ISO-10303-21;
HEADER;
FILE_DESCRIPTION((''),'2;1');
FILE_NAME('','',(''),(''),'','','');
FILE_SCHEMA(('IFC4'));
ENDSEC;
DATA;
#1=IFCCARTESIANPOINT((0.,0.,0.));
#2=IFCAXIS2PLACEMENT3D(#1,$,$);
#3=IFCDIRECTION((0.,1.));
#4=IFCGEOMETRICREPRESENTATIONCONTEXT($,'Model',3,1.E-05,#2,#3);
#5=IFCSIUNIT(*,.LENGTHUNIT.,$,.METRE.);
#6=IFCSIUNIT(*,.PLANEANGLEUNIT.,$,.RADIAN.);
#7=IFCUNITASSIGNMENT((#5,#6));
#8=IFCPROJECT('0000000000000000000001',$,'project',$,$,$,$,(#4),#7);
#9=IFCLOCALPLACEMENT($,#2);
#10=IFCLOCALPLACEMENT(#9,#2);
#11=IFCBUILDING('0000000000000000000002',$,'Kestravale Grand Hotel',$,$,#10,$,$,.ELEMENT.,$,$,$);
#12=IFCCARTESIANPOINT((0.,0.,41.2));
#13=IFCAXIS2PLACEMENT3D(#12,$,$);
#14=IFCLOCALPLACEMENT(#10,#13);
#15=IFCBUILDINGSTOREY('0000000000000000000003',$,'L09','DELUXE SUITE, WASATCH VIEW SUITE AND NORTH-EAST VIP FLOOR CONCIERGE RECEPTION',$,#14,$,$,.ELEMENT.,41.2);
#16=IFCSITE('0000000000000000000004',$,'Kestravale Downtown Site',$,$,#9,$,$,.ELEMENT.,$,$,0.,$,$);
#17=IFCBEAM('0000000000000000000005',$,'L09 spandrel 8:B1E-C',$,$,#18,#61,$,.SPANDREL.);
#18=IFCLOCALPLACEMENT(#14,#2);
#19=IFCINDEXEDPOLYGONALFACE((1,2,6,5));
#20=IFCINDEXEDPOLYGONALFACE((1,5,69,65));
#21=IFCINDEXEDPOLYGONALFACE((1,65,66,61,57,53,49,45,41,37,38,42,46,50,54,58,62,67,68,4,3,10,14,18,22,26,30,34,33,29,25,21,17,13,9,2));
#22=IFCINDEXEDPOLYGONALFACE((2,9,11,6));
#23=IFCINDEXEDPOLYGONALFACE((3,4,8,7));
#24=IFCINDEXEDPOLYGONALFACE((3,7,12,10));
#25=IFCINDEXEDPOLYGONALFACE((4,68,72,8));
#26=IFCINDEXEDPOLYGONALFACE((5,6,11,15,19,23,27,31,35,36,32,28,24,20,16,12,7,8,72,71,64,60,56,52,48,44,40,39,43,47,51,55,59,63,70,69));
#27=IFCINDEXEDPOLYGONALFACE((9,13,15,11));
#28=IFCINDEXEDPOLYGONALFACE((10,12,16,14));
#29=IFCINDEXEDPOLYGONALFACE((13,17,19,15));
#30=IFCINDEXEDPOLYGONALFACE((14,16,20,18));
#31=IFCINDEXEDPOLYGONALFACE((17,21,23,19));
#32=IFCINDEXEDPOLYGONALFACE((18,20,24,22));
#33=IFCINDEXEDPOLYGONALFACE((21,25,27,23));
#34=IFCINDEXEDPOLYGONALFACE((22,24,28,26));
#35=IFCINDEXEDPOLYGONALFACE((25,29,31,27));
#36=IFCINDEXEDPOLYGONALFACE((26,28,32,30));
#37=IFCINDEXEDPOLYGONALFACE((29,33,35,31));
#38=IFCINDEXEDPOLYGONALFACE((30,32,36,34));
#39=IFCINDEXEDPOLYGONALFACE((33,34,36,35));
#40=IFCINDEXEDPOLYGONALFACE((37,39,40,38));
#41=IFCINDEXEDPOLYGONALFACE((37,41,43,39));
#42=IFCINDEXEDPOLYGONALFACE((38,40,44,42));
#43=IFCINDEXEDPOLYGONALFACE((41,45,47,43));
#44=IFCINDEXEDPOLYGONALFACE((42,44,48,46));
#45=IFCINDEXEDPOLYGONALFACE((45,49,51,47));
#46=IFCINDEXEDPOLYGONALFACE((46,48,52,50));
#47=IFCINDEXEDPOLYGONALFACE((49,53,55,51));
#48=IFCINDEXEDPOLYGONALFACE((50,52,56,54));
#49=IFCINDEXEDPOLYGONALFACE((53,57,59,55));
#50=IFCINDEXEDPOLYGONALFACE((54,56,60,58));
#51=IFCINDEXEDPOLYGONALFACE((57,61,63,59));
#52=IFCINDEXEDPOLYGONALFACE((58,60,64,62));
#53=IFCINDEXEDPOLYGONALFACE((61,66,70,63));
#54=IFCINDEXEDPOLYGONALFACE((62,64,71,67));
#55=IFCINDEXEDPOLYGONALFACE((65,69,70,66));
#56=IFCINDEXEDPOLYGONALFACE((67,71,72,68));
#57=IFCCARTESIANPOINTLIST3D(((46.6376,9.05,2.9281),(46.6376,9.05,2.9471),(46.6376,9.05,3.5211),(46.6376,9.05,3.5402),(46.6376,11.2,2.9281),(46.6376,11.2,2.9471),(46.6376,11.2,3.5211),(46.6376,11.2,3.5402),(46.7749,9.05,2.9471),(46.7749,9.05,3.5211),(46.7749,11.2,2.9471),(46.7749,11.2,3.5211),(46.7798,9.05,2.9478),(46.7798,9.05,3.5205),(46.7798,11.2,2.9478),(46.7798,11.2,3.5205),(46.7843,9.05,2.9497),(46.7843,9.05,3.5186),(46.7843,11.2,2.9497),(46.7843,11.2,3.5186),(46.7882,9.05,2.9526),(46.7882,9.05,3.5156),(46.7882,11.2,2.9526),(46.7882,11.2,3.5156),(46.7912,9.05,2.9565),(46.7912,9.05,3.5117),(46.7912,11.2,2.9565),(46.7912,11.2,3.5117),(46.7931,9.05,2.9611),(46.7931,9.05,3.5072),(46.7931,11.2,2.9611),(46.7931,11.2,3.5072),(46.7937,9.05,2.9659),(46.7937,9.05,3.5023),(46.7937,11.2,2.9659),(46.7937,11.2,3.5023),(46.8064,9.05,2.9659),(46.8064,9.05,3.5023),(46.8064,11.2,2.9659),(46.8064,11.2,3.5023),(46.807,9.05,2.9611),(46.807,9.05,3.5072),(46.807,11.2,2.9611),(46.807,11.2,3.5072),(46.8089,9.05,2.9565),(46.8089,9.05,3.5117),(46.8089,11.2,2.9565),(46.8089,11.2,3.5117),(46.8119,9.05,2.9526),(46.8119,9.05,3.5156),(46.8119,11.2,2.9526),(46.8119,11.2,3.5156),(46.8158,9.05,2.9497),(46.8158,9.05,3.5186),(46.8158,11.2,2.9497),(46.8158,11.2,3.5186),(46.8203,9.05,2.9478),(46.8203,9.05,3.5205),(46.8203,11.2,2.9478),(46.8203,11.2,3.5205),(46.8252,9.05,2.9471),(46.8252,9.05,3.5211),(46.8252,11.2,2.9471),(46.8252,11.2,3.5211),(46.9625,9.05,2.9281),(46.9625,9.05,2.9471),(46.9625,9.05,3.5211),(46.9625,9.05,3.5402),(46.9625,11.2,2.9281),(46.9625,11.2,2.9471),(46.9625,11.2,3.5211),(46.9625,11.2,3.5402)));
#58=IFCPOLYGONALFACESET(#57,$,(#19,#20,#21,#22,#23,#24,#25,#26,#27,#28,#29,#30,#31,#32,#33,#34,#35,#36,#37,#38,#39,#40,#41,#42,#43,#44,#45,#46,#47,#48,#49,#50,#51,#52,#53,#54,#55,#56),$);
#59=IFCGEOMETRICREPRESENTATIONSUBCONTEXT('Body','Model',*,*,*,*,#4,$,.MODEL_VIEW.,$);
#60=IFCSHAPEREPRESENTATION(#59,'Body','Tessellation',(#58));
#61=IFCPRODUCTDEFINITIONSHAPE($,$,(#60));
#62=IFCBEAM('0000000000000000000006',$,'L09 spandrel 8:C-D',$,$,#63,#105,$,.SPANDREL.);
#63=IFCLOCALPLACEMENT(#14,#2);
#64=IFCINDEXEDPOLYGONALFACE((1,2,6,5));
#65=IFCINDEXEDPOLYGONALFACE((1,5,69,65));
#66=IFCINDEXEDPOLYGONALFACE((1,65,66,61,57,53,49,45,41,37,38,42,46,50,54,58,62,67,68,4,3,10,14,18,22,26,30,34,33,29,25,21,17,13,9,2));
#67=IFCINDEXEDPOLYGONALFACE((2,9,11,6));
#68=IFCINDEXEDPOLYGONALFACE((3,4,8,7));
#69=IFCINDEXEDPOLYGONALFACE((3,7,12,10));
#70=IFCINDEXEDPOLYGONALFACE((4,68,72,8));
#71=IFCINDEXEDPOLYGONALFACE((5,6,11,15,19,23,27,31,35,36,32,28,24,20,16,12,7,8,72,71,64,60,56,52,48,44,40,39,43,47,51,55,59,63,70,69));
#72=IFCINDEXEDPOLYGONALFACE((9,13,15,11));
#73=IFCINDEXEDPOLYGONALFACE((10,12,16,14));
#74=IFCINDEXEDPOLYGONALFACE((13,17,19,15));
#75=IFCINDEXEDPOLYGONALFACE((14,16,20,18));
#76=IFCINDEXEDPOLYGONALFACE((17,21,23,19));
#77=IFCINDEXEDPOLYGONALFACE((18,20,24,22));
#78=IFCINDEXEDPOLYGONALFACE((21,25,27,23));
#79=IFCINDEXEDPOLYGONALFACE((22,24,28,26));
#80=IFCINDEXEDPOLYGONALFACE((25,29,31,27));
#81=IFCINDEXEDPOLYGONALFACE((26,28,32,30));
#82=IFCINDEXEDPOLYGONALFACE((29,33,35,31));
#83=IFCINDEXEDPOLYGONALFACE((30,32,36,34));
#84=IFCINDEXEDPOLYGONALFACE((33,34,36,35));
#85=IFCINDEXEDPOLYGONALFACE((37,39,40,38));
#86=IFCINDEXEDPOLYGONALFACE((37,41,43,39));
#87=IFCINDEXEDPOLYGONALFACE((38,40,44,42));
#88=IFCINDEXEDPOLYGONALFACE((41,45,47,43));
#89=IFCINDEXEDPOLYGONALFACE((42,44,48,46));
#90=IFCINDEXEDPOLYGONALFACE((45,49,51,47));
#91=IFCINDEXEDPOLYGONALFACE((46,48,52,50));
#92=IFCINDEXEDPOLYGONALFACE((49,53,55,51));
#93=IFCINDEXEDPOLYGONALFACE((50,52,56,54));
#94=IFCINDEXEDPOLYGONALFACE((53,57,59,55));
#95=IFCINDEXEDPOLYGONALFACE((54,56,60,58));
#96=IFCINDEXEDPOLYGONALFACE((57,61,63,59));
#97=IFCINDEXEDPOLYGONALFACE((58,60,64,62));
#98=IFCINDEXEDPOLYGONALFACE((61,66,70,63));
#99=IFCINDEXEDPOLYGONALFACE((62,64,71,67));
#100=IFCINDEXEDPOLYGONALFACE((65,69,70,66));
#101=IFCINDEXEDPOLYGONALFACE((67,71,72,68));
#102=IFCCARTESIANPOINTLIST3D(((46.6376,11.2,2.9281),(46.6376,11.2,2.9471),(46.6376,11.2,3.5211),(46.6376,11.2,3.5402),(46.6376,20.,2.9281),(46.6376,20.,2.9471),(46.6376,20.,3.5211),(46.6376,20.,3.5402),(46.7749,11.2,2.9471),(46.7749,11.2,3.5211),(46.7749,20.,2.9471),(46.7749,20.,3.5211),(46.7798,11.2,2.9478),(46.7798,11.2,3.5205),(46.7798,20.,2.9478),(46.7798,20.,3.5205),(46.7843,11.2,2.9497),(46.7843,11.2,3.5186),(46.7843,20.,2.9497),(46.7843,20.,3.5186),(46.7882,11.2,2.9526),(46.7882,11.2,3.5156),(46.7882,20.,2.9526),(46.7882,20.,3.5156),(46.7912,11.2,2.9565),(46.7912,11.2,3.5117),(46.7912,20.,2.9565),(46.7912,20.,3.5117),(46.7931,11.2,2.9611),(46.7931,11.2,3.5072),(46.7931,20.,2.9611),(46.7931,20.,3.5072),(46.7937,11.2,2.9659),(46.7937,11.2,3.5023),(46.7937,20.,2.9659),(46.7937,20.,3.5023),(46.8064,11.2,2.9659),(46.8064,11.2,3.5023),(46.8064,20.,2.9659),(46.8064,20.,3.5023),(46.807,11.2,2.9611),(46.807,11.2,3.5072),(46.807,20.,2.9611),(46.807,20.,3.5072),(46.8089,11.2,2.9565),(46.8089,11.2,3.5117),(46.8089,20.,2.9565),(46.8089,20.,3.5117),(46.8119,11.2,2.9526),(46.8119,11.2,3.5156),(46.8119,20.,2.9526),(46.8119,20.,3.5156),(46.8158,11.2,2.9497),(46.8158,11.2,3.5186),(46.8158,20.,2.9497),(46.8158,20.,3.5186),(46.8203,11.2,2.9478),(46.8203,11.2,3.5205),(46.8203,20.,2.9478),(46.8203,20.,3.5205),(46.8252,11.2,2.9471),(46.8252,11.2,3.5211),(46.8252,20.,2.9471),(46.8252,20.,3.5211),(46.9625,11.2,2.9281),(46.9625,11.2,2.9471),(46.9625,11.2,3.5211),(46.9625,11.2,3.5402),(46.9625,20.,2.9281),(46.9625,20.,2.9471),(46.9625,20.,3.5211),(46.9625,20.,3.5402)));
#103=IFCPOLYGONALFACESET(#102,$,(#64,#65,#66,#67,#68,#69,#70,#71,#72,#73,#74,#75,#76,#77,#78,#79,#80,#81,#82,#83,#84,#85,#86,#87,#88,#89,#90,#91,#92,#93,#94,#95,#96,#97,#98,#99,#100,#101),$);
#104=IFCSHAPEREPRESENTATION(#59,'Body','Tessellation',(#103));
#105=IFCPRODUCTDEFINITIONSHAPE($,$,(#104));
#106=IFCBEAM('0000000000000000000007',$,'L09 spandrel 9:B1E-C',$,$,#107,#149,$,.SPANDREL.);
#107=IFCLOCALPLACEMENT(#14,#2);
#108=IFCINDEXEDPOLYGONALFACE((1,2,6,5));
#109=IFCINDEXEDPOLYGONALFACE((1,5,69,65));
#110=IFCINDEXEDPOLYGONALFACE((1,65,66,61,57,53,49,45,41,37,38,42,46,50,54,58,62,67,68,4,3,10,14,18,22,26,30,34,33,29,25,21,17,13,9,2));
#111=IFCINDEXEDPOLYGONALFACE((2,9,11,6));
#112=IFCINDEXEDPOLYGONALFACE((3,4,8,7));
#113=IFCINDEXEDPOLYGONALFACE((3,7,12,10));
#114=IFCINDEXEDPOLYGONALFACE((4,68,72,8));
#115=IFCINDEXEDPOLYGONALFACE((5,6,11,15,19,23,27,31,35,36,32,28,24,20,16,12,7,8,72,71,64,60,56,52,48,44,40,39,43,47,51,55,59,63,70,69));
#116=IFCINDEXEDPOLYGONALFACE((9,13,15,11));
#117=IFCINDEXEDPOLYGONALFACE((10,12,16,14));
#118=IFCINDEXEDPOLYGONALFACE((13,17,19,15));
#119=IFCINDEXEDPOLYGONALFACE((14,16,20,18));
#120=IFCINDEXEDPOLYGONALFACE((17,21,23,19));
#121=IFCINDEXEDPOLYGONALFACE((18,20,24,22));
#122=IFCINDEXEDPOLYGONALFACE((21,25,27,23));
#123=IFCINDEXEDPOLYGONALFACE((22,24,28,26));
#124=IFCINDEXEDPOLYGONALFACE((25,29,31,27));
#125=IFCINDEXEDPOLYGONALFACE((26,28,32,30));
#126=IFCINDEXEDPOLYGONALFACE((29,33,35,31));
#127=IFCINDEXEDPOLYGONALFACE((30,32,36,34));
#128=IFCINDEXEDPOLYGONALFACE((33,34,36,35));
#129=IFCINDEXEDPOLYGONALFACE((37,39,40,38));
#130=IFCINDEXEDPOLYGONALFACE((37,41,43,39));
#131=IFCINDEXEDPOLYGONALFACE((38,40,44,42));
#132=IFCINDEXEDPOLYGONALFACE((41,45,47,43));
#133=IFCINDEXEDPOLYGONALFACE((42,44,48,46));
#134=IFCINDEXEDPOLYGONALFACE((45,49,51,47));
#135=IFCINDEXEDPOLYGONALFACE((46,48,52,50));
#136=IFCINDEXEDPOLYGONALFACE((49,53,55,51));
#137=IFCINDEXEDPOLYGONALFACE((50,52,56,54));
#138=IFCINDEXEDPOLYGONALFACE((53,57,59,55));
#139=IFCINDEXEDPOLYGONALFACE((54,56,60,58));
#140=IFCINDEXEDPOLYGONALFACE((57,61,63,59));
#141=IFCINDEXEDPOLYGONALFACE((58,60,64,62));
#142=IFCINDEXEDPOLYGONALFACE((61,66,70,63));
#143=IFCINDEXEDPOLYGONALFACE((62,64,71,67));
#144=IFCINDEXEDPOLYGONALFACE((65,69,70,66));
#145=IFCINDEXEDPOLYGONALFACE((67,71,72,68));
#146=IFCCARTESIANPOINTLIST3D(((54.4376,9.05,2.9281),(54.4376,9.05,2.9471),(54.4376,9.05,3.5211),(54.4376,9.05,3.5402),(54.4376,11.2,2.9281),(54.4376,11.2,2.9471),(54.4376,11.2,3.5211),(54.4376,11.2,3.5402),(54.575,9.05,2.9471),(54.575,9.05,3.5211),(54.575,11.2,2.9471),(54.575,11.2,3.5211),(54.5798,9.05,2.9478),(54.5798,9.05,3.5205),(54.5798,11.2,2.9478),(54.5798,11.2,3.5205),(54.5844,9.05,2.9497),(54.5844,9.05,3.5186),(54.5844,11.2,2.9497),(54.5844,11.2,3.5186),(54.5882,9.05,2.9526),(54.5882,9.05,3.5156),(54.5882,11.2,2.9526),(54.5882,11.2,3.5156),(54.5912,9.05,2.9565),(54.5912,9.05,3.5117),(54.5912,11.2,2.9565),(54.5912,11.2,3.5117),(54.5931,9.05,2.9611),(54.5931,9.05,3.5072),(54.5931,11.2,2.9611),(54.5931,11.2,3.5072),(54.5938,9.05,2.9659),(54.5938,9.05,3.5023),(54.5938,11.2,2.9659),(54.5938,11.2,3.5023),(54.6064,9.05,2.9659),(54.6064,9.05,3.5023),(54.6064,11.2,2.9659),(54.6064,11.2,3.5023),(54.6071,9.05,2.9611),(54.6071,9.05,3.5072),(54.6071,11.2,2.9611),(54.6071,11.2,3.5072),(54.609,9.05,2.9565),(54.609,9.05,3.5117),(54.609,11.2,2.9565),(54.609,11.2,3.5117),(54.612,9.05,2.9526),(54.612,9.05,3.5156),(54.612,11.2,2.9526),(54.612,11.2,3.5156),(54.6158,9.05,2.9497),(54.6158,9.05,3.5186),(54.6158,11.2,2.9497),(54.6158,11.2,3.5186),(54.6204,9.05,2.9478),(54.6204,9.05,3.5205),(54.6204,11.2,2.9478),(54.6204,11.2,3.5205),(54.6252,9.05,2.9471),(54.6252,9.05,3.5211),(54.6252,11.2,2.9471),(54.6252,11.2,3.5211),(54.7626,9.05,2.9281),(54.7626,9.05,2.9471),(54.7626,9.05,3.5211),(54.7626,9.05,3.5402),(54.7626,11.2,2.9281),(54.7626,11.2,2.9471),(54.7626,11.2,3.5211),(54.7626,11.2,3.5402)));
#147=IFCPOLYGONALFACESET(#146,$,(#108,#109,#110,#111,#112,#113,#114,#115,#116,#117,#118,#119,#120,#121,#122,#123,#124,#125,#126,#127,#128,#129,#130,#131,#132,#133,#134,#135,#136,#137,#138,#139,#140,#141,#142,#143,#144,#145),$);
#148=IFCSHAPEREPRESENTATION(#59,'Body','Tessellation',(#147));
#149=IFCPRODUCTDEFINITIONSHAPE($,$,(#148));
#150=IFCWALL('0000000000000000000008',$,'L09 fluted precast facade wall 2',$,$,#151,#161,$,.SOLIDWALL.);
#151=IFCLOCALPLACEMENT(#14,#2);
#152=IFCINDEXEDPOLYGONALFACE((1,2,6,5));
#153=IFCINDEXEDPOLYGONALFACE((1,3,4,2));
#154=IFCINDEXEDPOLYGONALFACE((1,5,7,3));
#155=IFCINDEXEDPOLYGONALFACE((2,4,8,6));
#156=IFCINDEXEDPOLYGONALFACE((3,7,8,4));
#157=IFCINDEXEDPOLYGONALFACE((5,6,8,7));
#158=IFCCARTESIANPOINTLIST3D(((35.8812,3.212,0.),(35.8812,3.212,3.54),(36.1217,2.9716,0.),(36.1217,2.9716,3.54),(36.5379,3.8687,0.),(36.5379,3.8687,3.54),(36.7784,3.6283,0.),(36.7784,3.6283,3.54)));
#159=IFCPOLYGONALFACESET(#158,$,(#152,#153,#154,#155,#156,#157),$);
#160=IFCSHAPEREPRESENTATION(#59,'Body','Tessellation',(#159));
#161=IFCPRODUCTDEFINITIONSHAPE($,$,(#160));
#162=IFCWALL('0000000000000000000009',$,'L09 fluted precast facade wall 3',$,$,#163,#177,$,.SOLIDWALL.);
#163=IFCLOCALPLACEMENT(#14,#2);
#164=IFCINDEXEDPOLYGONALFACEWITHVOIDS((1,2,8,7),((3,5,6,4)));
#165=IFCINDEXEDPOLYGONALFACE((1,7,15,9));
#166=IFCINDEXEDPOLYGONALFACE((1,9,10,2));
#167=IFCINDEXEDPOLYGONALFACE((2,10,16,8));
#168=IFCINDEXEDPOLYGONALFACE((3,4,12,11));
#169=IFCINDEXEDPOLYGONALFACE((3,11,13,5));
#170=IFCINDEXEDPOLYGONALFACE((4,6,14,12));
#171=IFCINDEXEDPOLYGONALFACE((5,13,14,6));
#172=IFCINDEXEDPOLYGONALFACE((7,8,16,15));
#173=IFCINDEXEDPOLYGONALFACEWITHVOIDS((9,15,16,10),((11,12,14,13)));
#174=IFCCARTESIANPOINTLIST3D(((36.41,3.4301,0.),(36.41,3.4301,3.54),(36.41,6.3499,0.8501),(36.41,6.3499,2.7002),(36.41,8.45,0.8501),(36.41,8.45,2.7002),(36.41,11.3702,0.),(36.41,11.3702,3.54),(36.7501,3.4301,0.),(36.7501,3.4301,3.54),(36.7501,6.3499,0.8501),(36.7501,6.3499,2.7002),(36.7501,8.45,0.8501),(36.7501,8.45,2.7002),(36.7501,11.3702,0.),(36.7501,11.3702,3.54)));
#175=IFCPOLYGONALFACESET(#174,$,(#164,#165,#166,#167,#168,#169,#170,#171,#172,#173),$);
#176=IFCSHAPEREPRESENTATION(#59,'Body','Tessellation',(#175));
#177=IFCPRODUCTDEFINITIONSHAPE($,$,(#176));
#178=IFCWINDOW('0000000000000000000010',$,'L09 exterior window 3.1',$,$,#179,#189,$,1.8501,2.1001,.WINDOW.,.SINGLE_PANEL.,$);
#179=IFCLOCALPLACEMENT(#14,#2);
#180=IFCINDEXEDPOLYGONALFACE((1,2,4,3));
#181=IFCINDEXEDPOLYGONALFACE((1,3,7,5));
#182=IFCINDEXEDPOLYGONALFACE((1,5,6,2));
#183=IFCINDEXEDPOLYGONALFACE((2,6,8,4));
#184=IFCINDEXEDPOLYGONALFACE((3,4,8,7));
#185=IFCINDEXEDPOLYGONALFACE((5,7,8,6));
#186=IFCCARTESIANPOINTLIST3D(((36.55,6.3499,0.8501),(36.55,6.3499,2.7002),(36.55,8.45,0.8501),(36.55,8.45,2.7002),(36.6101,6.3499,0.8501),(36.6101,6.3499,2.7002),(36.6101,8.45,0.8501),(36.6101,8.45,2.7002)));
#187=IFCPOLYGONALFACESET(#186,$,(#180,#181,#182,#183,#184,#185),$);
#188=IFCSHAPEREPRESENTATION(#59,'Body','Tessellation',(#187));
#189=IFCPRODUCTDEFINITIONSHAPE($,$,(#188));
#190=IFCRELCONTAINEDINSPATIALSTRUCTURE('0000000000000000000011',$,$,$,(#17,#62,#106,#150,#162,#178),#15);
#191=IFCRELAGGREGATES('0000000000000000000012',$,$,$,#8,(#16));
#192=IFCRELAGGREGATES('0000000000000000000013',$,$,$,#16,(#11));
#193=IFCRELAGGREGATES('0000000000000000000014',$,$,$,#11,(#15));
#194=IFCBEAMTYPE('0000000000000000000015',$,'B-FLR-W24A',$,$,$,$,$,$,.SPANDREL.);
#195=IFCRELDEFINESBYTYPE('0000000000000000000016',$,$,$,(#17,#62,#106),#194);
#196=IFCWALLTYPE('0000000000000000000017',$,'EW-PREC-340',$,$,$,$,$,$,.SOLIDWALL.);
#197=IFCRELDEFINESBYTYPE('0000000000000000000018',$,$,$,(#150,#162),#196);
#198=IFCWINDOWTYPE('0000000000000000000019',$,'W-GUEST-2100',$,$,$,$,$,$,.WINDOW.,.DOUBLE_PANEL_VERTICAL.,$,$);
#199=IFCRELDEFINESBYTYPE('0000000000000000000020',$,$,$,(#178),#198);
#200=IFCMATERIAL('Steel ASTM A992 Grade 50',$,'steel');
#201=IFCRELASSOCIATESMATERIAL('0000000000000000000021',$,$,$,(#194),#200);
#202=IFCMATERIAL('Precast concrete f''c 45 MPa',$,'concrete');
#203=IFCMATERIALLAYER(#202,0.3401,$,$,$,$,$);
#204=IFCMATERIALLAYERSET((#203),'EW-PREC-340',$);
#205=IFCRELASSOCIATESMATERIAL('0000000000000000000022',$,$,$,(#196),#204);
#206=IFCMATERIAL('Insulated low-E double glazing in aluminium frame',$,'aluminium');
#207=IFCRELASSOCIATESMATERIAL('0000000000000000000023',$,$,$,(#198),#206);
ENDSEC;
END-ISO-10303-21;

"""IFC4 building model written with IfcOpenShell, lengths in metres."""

from ifc_helpers import new_model, si_unit, direction, frame, frame_2d, origin, origin_2d, place, context, subcontext, project, spatial, rectangle, i_section, extrude, material, layer, layer_set, material_profile, profile_set, type_object, element, fill, save


model = new_model("IFC4")

# Units and contexts
model_context = context("Model", 3, precision=1e-05, world=origin(), true_north=direction((0.0, 1.0)))
body_context = subcontext(model_context, "Body", "Model", "MODEL_VIEW")
ifc_project = project(units=[si_unit("LENGTHUNIT", "METRE"), si_unit("PLANEANGLEUNIT", "RADIAN")], contexts=[model_context])

# Site, building, storey
site_placement = place(None, origin())
site = spatial("IfcSite", under=ifc_project, at=site_placement, Name="Kestravale Downtown Site", CompositionType="ELEMENT", RefElevation=0.0)
building_placement = place(site_placement, origin())
building = spatial("IfcBuilding", under=site, at=building_placement, Name="Kestravale Grand Hotel", CompositionType="ELEMENT")
storey_placement = place(building_placement, frame((0.0, 0.0, 41.2)))
storey = spatial("IfcBuildingStorey", under=building, at=storey_placement, Name="L09", Description="DELUXE SUITE, WASATCH VIEW SUITE AND NORTH-EAST VIP FLOOR CONCIERGE RECEPTION", CompositionType="ELEMENT", Elevation=41.2)

# Beams
ifc_material_1 = material(Name="Steel ASTM A992 Grade 50", Category="steel")
ifc_material_profile_1 = material_profile(ifc_material_1, i_section(OverallWidth=0.325, OverallDepth=0.6121, WebThickness=0.0127, FlangeThickness=0.019, FilletRadius=0.0188, at=origin_2d()))
ifc_profile_set_1 = profile_set([ifc_material_profile_1], Name="Steel ASTM A992 Grade 50")
beam_type_1 = type_object("IfcBeamType", Name="B-FLR-W24A", PredefinedType="SPANDREL", material=ifc_profile_set_1)
beam_1_placement = place(storey_placement, frame((46.8, 9.05, 3.2341), z_axis=(0.0, 1.0, 0.0), x_axis=(-1.0, 0.0, 0.0)))
element("IfcBeam", 1, at=beam_1_placement, inside=storey, type_object=beam_type_1, Name="L09 spandrel 8:B1E-C", PredefinedType="SPANDREL", context=body_context, shape_type="SweptSolid", body=[
    extrude(i_section(OverallWidth=0.325, OverallDepth=0.6121, WebThickness=0.0127, FlangeThickness=0.019, FilletRadius=0.0188, at=origin_2d()), origin(), (0.0, 0.0, 1.0), 2.1499),
])
beam_2_placement = place(storey_placement, frame((46.8, 11.2, 3.2341), z_axis=(0.0, 1.0, 0.0), x_axis=(-1.0, 0.0, 0.0)))
element("IfcBeam", 2, at=beam_2_placement, inside=storey, type_object=beam_type_1, Name="L09 spandrel 8:C-D", PredefinedType="SPANDREL", context=body_context, shape_type="SweptSolid", body=[
    extrude(i_section(OverallWidth=0.325, OverallDepth=0.6121, WebThickness=0.0127, FlangeThickness=0.019, FilletRadius=0.0188, at=origin_2d()), origin(), (0.0, 0.0, 1.0), 8.8),
])
beam_3_placement = place(storey_placement, frame((54.6001, 9.05, 3.2341), z_axis=(0.0, 1.0, 0.0), x_axis=(-1.0, 0.0, 0.0)))
element("IfcBeam", 3, at=beam_3_placement, inside=storey, type_object=beam_type_1, Name="L09 spandrel 9:B1E-C", PredefinedType="SPANDREL", context=body_context, shape_type="SweptSolid", body=[
    extrude(i_section(OverallWidth=0.325, OverallDepth=0.6121, WebThickness=0.0127, FlangeThickness=0.019, FilletRadius=0.0188, at=origin_2d()), origin(), (0.0, 0.0, 1.0), 2.1499),
])

# Wall
ifc_material_2 = material(Name="Precast concrete f'c 45 MPa", Category="concrete")
ifc_layer_1 = layer(ifc_material_2, 0.3401)
ifc_layer_set_1 = layer_set([ifc_layer_1], Name="EW-PREC-340")
wall_type_1 = type_object("IfcWallType", Name="EW-PREC-340", PredefinedType="SOLIDWALL", material=ifc_layer_set_1)
wall_1_placement = place(storey_placement, frame((36.0015, 3.0918, 0.0), z_axis=(0.0, 0.0, 1.0), x_axis=(0.707107, 0.707107, 0.0)))
element("IfcWall", 4, at=wall_1_placement, inside=storey, type_object=wall_type_1, Name="L09 fluted precast facade wall 2", PredefinedType="SOLIDWALL", context=body_context, shape_type="SweptSolid", body=[
    extrude(rectangle(XDim=0.9287, YDim=0.3401, at=frame_2d((0.4644, 0.0))), origin(), (0.0, 0.0, 1.0), 3.54),
])

# Wall, opening, window
wall_2_placement = place(storey_placement, frame((36.5801, 3.4299, 0.0), z_axis=(0.0, 0.0, 1.0), x_axis=(0.0, 1.0, 0.0)))
wall_2 = element("IfcWall", 5, at=wall_2_placement, inside=storey, type_object=wall_type_1, Name="L09 fluted precast facade wall 3", PredefinedType="SOLIDWALL", context=body_context, shape_type="SweptSolid", body=[
    extrude(rectangle(XDim=7.9402, YDim=0.3401, at=frame_2d((3.9702, 0.0))), origin(), (0.0, 0.0, 1.0), 3.54),
])
opening_1_placement = place(wall_2_placement, frame((2.9199, 0.0, 0.8501)))
opening_1 = element("IfcOpeningElement", 6, at=opening_1_placement, cuts=wall_2, PredefinedType="OPENING", context=body_context, shape_type="SweptSolid", body=[
    extrude(rectangle(XDim=2.1001, YDim=1.8501, at=frame_2d((1.05, 0.925))), frame((0.0, 0.1799, 0.0), z_axis=(0.0, -1.0, 0.0), x_axis=(1.0, 0.0, 0.0)), (0.0, 0.0, 1.0), 0.3601),
])
ifc_material_3 = material(Name="Insulated low-E double glazing in aluminium frame", Category="aluminium")
window_type_1 = type_object("IfcWindowType", Name="W-GUEST-2100", PartitioningType="DOUBLE_PANEL_VERTICAL", PredefinedType="WINDOW", material=ifc_material_3)
window_1_placement = place(opening_1_placement, origin())
window_1 = element("IfcWindow", 7, at=window_1_placement, inside=storey, type_object=window_type_1, Name="L09 exterior window 3.1", OverallHeight=1.8501, OverallWidth=2.1001, PartitioningType="SINGLE_PANEL", PredefinedType="WINDOW", context=body_context, shape_type="SweptSolid", body=[
    extrude(rectangle(XDim=2.1001, YDim=1.8501, at=frame_2d((1.05, 0.925))), frame((0.0, 0.03, 0.0), z_axis=(0.0, -1.0, 0.0), x_axis=(1.0, 0.0, 0.0)), (0.0, 0.0, 1.0), 0.0601),
])
fill(opening_1, window_1)

save(model, "model.ifc")
